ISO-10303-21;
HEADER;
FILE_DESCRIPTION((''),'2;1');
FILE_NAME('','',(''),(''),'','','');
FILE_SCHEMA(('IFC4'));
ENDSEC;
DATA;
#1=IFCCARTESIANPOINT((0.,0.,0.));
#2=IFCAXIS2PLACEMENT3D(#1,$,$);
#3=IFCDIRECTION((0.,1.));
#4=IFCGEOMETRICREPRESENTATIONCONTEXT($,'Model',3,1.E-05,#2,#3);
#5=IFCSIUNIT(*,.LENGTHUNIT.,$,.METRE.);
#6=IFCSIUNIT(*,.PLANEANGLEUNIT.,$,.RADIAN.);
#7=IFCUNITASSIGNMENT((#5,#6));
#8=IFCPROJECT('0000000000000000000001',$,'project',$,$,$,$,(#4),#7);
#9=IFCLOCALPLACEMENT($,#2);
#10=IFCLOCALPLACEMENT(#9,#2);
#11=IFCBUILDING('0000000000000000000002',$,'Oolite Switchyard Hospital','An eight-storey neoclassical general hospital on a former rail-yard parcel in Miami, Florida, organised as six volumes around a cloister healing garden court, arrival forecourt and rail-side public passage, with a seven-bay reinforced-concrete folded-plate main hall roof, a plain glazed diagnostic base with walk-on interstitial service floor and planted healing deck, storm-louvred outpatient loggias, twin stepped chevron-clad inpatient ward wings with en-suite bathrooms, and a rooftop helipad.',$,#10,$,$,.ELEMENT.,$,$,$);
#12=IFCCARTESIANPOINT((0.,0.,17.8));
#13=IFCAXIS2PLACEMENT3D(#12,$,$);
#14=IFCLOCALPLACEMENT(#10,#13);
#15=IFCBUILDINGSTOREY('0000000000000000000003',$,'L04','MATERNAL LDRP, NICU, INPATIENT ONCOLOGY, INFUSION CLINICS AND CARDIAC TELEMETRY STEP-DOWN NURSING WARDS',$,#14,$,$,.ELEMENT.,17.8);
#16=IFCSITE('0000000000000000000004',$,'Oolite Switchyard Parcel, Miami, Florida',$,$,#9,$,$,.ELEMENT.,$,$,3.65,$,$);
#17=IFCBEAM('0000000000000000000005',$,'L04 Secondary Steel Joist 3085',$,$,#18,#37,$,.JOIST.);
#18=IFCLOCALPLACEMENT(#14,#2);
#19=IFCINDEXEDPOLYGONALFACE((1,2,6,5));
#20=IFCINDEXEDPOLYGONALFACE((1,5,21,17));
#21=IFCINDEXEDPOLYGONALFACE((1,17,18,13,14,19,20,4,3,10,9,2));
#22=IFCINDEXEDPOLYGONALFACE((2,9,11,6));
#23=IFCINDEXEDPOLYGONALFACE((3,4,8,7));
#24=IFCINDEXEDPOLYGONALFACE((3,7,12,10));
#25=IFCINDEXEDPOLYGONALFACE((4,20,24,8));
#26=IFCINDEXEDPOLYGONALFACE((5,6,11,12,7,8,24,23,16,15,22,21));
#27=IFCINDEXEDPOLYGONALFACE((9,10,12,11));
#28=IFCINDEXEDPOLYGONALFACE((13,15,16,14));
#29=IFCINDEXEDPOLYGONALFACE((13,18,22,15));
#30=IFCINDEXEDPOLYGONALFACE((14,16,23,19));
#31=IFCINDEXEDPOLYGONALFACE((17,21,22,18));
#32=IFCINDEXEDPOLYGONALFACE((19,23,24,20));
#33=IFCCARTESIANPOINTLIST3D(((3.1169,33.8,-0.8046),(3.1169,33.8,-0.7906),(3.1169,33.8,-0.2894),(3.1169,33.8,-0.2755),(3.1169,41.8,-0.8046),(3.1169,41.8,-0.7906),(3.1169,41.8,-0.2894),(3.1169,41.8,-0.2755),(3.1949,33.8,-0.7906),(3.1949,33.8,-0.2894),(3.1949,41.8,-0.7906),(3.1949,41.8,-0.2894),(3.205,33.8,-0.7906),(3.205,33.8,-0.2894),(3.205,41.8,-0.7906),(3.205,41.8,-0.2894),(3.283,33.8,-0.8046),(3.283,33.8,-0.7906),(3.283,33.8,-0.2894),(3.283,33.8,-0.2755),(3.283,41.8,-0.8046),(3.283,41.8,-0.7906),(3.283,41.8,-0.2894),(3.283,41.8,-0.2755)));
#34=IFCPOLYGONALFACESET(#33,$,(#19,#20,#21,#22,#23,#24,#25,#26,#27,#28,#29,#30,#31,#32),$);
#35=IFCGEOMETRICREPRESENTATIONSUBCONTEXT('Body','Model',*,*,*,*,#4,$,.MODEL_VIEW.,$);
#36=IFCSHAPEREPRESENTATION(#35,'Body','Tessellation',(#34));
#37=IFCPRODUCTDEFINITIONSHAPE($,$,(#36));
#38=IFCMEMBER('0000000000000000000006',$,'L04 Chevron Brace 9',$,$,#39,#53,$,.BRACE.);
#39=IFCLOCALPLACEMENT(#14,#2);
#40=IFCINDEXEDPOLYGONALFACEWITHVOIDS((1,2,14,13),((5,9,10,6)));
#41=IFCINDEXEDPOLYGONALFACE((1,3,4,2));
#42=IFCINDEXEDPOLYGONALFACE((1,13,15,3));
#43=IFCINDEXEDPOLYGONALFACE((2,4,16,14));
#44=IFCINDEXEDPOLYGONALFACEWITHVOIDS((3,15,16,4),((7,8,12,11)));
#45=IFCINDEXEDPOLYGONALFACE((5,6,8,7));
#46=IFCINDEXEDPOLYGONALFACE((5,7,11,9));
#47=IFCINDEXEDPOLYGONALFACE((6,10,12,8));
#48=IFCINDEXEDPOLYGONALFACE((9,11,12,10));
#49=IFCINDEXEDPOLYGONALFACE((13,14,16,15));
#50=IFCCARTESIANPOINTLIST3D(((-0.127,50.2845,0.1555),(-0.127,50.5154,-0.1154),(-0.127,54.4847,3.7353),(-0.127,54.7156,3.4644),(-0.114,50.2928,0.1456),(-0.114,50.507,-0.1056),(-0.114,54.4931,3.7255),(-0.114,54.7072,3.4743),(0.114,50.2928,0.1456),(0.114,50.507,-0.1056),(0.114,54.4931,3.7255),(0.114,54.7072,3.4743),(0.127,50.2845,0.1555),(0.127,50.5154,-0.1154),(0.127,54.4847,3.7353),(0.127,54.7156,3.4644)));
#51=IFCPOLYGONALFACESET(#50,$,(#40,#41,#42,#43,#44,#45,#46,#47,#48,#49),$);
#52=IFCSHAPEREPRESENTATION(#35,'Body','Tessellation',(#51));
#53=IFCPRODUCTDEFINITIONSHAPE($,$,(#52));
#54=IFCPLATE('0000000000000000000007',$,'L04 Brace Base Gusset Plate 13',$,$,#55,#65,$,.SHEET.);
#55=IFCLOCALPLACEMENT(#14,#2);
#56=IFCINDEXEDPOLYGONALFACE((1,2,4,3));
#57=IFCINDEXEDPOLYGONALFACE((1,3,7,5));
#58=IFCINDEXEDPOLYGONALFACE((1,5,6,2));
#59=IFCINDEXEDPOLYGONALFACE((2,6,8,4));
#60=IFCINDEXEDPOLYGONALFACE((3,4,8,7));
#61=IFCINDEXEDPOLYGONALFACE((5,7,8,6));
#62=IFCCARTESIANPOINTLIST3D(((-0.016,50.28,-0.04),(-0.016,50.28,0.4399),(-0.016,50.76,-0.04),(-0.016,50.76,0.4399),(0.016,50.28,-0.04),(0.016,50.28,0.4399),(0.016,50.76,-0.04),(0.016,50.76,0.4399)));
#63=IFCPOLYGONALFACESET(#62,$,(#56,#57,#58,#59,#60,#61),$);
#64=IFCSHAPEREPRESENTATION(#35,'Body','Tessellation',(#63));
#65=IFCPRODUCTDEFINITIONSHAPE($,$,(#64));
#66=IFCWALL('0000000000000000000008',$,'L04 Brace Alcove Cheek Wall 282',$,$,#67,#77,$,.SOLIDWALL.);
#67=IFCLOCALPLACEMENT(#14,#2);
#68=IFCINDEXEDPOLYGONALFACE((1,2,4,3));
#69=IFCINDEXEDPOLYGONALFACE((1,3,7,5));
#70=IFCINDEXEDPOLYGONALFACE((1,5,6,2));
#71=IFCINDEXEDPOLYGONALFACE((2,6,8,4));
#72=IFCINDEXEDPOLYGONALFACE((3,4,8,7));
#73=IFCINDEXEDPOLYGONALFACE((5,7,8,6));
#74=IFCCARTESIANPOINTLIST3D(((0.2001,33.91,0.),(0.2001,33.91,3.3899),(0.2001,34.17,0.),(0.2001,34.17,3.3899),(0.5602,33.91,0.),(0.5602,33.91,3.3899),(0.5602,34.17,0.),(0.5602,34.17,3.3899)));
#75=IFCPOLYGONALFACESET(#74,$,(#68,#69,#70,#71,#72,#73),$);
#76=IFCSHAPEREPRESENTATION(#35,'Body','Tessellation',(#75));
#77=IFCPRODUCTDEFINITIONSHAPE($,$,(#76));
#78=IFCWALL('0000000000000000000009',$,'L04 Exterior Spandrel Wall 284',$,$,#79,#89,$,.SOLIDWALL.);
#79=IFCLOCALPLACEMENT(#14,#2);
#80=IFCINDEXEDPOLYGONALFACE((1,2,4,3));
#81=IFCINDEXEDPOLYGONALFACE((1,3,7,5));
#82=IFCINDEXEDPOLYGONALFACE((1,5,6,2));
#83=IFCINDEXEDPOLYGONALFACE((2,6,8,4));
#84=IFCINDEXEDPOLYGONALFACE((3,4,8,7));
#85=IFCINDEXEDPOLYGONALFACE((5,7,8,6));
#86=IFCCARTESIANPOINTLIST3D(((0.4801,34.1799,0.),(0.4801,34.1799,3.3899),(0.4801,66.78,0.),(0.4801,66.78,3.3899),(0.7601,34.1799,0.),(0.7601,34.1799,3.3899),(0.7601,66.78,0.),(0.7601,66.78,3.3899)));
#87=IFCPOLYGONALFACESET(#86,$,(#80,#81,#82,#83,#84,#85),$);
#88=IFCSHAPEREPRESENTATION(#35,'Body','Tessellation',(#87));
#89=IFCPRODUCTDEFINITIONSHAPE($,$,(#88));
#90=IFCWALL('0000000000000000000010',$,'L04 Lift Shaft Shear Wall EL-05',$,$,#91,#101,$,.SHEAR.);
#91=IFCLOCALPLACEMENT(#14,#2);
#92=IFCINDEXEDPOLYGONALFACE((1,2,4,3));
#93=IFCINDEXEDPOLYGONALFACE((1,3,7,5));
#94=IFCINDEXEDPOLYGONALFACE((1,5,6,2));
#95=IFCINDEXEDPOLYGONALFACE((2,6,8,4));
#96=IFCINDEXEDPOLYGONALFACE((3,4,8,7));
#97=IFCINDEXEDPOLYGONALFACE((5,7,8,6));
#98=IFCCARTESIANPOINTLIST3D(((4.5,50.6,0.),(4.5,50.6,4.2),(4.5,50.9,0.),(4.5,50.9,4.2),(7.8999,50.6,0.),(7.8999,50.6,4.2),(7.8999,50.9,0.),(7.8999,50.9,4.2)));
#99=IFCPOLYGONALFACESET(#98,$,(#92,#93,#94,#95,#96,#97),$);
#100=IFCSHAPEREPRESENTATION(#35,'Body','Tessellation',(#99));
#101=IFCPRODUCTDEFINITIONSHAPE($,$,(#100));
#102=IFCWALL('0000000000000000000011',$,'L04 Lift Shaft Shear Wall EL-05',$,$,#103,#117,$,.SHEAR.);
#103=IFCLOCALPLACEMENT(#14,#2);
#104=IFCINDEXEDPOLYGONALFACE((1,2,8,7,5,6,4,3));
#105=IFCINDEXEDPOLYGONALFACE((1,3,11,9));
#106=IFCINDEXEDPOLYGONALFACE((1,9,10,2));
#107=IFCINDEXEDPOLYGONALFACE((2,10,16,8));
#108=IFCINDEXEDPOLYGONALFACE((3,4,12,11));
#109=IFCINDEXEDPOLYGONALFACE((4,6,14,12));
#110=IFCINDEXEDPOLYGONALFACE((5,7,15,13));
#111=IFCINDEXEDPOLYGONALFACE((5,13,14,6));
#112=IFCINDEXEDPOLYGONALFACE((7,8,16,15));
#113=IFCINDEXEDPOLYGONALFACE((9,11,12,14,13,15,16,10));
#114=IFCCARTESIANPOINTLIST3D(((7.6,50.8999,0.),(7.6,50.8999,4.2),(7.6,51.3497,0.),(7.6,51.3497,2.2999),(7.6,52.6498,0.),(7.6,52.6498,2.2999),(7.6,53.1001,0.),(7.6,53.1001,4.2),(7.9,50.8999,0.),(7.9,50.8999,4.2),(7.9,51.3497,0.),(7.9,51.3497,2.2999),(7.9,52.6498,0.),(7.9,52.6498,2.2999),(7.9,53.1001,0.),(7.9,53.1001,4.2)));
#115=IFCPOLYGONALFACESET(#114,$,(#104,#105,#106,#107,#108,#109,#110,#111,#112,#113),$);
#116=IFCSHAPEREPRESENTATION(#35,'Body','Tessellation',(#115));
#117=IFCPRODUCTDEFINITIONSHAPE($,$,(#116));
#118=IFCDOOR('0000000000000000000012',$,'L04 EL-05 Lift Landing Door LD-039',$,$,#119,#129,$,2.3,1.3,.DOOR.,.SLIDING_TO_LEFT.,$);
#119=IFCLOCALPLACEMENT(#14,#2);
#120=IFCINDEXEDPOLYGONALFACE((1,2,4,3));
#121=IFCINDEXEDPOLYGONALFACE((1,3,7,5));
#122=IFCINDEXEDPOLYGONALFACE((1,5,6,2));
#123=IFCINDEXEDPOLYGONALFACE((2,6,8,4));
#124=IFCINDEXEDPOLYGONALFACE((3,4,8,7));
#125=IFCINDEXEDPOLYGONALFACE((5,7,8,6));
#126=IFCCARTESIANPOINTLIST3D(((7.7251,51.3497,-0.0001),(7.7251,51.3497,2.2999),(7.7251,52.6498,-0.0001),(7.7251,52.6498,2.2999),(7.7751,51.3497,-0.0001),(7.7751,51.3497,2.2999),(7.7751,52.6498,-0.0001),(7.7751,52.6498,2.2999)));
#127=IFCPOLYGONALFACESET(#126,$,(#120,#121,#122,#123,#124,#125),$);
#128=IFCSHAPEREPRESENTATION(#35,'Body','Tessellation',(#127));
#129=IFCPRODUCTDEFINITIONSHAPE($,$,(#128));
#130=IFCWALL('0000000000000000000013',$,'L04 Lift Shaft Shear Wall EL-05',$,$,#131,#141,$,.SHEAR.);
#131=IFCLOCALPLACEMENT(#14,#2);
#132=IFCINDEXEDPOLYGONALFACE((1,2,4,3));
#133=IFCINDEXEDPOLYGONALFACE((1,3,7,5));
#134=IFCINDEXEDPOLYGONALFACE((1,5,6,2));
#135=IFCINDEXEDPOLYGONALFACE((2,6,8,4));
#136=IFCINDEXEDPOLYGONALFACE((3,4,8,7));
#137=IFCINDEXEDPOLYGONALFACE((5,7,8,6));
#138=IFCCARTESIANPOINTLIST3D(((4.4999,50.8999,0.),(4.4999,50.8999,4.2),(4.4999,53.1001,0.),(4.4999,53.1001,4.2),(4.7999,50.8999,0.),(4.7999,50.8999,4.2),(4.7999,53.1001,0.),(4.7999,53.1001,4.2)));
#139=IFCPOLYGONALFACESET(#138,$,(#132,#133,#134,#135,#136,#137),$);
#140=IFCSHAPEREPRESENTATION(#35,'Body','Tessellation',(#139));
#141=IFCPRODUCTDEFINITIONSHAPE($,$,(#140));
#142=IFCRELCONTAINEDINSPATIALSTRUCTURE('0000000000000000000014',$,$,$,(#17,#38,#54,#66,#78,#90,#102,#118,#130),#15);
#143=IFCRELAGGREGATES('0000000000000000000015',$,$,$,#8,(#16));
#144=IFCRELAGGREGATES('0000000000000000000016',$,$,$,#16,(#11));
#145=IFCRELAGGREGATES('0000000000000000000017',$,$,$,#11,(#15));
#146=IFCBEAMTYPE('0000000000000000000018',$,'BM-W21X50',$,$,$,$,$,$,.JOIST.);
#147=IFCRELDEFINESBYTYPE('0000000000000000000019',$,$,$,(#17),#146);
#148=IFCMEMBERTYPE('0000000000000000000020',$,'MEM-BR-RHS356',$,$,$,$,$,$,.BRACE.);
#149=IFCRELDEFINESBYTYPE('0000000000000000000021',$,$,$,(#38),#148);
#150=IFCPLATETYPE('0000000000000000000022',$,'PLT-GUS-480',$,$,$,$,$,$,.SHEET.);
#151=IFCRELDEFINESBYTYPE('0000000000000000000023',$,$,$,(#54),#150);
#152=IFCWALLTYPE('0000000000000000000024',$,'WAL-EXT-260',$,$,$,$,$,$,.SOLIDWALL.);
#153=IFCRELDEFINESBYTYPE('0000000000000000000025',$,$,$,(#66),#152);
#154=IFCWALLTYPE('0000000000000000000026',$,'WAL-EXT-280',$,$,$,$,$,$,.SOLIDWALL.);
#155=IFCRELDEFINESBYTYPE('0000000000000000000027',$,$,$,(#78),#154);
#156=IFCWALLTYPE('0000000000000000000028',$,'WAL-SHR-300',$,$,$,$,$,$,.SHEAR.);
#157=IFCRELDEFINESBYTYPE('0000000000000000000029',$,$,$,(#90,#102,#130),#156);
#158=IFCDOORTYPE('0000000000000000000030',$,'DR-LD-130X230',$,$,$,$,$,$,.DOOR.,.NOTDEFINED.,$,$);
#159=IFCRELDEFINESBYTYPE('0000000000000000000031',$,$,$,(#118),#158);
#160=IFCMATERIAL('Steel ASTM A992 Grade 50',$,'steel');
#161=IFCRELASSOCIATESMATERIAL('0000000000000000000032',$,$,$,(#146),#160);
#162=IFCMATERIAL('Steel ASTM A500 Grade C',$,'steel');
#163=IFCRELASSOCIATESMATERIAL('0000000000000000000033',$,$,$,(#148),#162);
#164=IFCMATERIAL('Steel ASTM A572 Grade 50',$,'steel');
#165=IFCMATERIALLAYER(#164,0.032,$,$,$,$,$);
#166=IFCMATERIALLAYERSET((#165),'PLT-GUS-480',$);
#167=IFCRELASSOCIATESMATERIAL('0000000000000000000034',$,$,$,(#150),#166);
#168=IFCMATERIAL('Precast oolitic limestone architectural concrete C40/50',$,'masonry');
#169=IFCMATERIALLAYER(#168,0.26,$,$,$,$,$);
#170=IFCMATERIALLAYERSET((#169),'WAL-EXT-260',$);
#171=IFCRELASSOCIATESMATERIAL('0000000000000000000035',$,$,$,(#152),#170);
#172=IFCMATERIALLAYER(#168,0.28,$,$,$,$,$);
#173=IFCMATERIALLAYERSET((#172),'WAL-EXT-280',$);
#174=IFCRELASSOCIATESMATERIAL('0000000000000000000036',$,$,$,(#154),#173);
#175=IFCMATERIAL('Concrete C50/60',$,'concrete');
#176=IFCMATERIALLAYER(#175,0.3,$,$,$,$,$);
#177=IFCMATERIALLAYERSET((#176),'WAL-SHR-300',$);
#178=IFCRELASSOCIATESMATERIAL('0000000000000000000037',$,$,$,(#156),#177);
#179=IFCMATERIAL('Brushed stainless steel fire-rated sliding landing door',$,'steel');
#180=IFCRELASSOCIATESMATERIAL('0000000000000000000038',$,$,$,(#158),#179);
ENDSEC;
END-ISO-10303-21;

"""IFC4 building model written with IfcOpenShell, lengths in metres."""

from ifc_helpers import new_model, si_unit, direction, frame, frame_2d, origin, origin_2d, place, context, subcontext, project, spatial, rectangle, hollow_rectangle, i_section, extrude, material, layer, layer_set, material_profile, profile_set, type_object, element, fill, save


model = new_model("IFC4")

# Units and contexts
model_context = context("Model", 3, precision=1e-05, world=origin(), true_north=direction((0.0, 1.0)))
body_context = subcontext(model_context, "Body", "Model", "MODEL_VIEW")
ifc_project = project(units=[si_unit("LENGTHUNIT", "METRE"), si_unit("PLANEANGLEUNIT", "RADIAN")], contexts=[model_context])

# Site, building, storey
site_placement = place(None, origin())
site = spatial("IfcSite", under=ifc_project, at=site_placement, Name="Oolite Switchyard Parcel, Miami, Florida", CompositionType="ELEMENT", RefElevation=3.65)
building_placement = place(site_placement, origin())
building = spatial("IfcBuilding", under=site, at=building_placement, Name="Oolite Switchyard Hospital", Description="An eight-storey neoclassical general hospital on a former rail-yard parcel in Miami, Florida, organised as six volumes around a cloister healing garden court, arrival forecourt and rail-side public passage, with a seven-bay reinforced-concrete folded-plate main hall roof, a plain glazed diagnostic base with walk-on interstitial service floor and planted healing deck, storm-louvred outpatient loggias, twin stepped chevron-clad inpatient ward wings with en-suite bathrooms, and a rooftop helipad.", CompositionType="ELEMENT")
storey_placement = place(building_placement, frame((0.0, 0.0, 17.8)))
storey = spatial("IfcBuildingStorey", under=building, at=storey_placement, Name="L04", Description="MATERNAL LDRP, NICU, INPATIENT ONCOLOGY, INFUSION CLINICS AND CARDIAC TELEMETRY STEP-DOWN NURSING WARDS", CompositionType="ELEMENT", Elevation=17.8)

# Shared definitions
ifc_material_1 = material(Name="Concrete C50/60", Category="concrete")

# Beam
ifc_material_2 = material(Name="Steel ASTM A992 Grade 50", Category="steel")
ifc_material_profile_1 = material_profile(ifc_material_2, i_section(OverallWidth=0.166, OverallDepth=0.5291, WebThickness=0.01, FlangeThickness=0.0139, at=origin_2d()), Name="W21X50")
ifc_profile_set_1 = profile_set([ifc_material_profile_1], Name="Steel ASTM A992 Grade 50")
beam_type_1 = type_object("IfcBeamType", Name="BM-W21X50", PredefinedType="JOIST", material=ifc_profile_set_1)
beam_1_placement = place(storey_placement, frame((3.2, 33.8, -0.54), z_axis=(0.0, 1.0, 0.0), x_axis=(-1.0, 0.0, 0.0)))
element("IfcBeam", 1, at=beam_1_placement, inside=storey, type_object=beam_type_1, Name="L04 Secondary Steel Joist 3085", PredefinedType="JOIST", context=body_context, shape_type="SweptSolid", body=[
    extrude(i_section(OverallWidth=0.166, OverallDepth=0.5291, WebThickness=0.01, FlangeThickness=0.0139, at=origin_2d()), origin(), (0.0, 0.0, 1.0), 8.0),
])

# Member
ifc_material_3 = material(Name="Steel ASTM A500 Grade C", Category="steel")
ifc_material_profile_2 = material_profile(ifc_material_3, hollow_rectangle(XDim=0.2539, YDim=0.356, WallThickness=0.0129, at=origin_2d()), Name="HSS356X254X13")
ifc_profile_set_2 = profile_set([ifc_material_profile_2], Name="Steel ASTM A500 Grade C")
member_type = type_object("IfcMemberType", Name="MEM-BR-RHS356", PredefinedType="BRACE", material=ifc_profile_set_2)
member_placement = place(storey_placement, frame((0.0, 50.3999, 0.02), z_axis=(0.0, 0.761074, 0.648665), x_axis=(-1.0, 0.0, 0.0)))
element("IfcMember", 2, at=member_placement, inside=storey, type_object=member_type, Name="L04 Chevron Brace 9", PredefinedType="BRACE", context=body_context, shape_type="SweptSolid", body=[
    extrude(hollow_rectangle(XDim=0.2539, YDim=0.356, WallThickness=0.0129, at=origin_2d()), origin(), (0.0, 0.0, 1.0), 5.5188),
])

# Plate
ifc_material_4 = material(Name="Steel ASTM A572 Grade 50", Category="steel")
ifc_layer_1 = layer(ifc_material_4, 0.032)
ifc_layer_set_1 = layer_set([ifc_layer_1], Name="PLT-GUS-480")
plate_type = type_object("IfcPlateType", Name="PLT-GUS-480", PredefinedType="SHEET", material=ifc_layer_set_1)
plate_placement = place(storey_placement, frame((0.0, 50.52, -0.04), z_axis=(0.0, 0.0, 1.0), x_axis=(0.0, 1.0, 0.0)))
element("IfcPlate", 3, at=plate_placement, inside=storey, type_object=plate_type, Name="L04 Brace Base Gusset Plate 13", PredefinedType="SHEET", context=body_context, shape_type="SweptSolid", body=[
    extrude(rectangle(XDim=0.48, YDim=0.032, at=origin_2d()), origin(), (0.0, 0.0, 1.0), 0.48),
])

# Walls
ifc_material_5 = material(Name="Precast oolitic limestone architectural concrete C40/50", Category="masonry")
ifc_layer_2 = layer(ifc_material_5, 0.26)
ifc_layer_set_2 = layer_set([ifc_layer_2], Name="WAL-EXT-260")
wall_type_1 = type_object("IfcWallType", Name="WAL-EXT-260", PredefinedType="SOLIDWALL", material=ifc_layer_set_2)
wall_1_placement = place(storey_placement, frame((0.2, 34.04, 0.0), z_axis=(0.0, 0.0, 1.0), x_axis=(1.0, 0.0, 0.0)))
element("IfcWall", 4, at=wall_1_placement, inside=storey, type_object=wall_type_1, Name="L04 Brace Alcove Cheek Wall 282", PredefinedType="SOLIDWALL", context=body_context, shape_type="SweptSolid", body=[
    extrude(rectangle(XDim=0.3601, YDim=0.26, at=frame_2d((0.1802, 0.0))), origin(), (0.0, 0.0, 1.0), 3.3899),
])
ifc_layer_3 = layer(ifc_material_5, 0.28)
ifc_layer_set_3 = layer_set([ifc_layer_3], Name="WAL-EXT-280")
wall_type_2 = type_object("IfcWallType", Name="WAL-EXT-280", PredefinedType="SOLIDWALL", material=ifc_layer_set_3)
wall_2_placement = place(storey_placement, frame((0.6201, 34.1799, 0.0), z_axis=(0.0, 0.0, 1.0), x_axis=(0.0, 1.0, 0.0)))
element("IfcWall", 5, at=wall_2_placement, inside=storey, type_object=wall_type_2, Name="L04 Exterior Spandrel Wall 284", PredefinedType="SOLIDWALL", context=body_context, shape_type="SweptSolid", body=[
    extrude(rectangle(XDim=32.6001, YDim=0.28, at=frame_2d((16.3, 0.0))), origin(), (0.0, 0.0, 1.0), 3.3899),
])
ifc_layer_4 = layer(ifc_material_1, 0.3)
ifc_layer_set_4 = layer_set([ifc_layer_4], Name="WAL-SHR-300")
wall_type_3 = type_object("IfcWallType", Name="WAL-SHR-300", PredefinedType="SHEAR", material=ifc_layer_set_4)
wall_3_placement = place(storey_placement, frame((4.5, 50.75, 0.0), z_axis=(0.0, 0.0, 1.0), x_axis=(1.0, 0.0, 0.0)))
element("IfcWall", 6, at=wall_3_placement, inside=storey, type_object=wall_type_3, Name="L04 Lift Shaft Shear Wall EL-05", PredefinedType="SHEAR", context=body_context, shape_type="SweptSolid", body=[
    extrude(rectangle(XDim=3.3999, YDim=0.3, at=frame_2d((1.7, 0.0))), origin(), (0.0, 0.0, 1.0), 4.2),
])

# Wall, opening, door
wall_4_placement = place(storey_placement, frame((7.75, 50.8999, 0.0), z_axis=(0.0, 0.0, 1.0), x_axis=(0.0, 1.0, 0.0)))
wall_4 = element("IfcWall", 7, at=wall_4_placement, inside=storey, type_object=wall_type_3, Name="L04 Lift Shaft Shear Wall EL-05", PredefinedType="SHEAR", context=body_context, shape_type="SweptSolid", body=[
    extrude(rectangle(XDim=2.2002, YDim=0.3, at=frame_2d((1.1001, 0.0))), origin(), (0.0, 0.0, 1.0), 4.2),
])
opening_placement = place(wall_4_placement, frame((0.45, 0.0, 0.0)))
opening = element("IfcOpeningElement", 8, at=opening_placement, cuts=wall_4, PredefinedType="OPENING", context=body_context, shape_type="SweptSolid", body=[
    extrude(rectangle(XDim=1.3, YDim=2.3, at=frame_2d((0.6499, 1.1499))), frame((0.0, 0.1602, 0.0), z_axis=(0.0, -1.0, 0.0), x_axis=(1.0, 0.0, 0.0)), (0.0, 0.0, 1.0), 0.3201),
])
ifc_material_6 = material(Name="Brushed stainless steel fire-rated sliding landing door", Category="steel")
door_type = type_object("IfcDoorType", Name="DR-LD-130X230", OperationType="NOTDEFINED", PredefinedType="DOOR", material=ifc_material_6)
door_placement = place(opening_placement, origin())
door = element("IfcDoor", 9, at=door_placement, inside=storey, type_object=door_type, Name="L04 EL-05 Lift Landing Door LD-039", OperationType="SLIDING_TO_LEFT", OverallHeight=2.3, OverallWidth=1.3, PredefinedType="DOOR", context=body_context, shape_type="SweptSolid", body=[
    extrude(rectangle(XDim=1.3, YDim=2.3, at=frame_2d((0.6499, 1.1499))), frame((0.0, 0.0249, 0.0), z_axis=(0.0, -1.0, 0.0), x_axis=(1.0, 0.0, 0.0)), (0.0, 0.0, 1.0), 0.05),
])
fill(opening, door)

# Wall
wall_5_placement = place(storey_placement, frame((4.6499, 53.1001, 0.0), z_axis=(0.0, 0.0, 1.0), x_axis=(0.0, -1.0, 0.0)))
element("IfcWall", 10, at=wall_5_placement, inside=storey, type_object=wall_type_3, Name="L04 Lift Shaft Shear Wall EL-05", PredefinedType="SHEAR", context=body_context, shape_type="SweptSolid", body=[
    extrude(rectangle(XDim=2.2002, YDim=0.3, at=frame_2d((1.1001, 0.0))), origin(), (0.0, 0.0, 1.0), 4.2),
])

save(model, "model.ifc")
